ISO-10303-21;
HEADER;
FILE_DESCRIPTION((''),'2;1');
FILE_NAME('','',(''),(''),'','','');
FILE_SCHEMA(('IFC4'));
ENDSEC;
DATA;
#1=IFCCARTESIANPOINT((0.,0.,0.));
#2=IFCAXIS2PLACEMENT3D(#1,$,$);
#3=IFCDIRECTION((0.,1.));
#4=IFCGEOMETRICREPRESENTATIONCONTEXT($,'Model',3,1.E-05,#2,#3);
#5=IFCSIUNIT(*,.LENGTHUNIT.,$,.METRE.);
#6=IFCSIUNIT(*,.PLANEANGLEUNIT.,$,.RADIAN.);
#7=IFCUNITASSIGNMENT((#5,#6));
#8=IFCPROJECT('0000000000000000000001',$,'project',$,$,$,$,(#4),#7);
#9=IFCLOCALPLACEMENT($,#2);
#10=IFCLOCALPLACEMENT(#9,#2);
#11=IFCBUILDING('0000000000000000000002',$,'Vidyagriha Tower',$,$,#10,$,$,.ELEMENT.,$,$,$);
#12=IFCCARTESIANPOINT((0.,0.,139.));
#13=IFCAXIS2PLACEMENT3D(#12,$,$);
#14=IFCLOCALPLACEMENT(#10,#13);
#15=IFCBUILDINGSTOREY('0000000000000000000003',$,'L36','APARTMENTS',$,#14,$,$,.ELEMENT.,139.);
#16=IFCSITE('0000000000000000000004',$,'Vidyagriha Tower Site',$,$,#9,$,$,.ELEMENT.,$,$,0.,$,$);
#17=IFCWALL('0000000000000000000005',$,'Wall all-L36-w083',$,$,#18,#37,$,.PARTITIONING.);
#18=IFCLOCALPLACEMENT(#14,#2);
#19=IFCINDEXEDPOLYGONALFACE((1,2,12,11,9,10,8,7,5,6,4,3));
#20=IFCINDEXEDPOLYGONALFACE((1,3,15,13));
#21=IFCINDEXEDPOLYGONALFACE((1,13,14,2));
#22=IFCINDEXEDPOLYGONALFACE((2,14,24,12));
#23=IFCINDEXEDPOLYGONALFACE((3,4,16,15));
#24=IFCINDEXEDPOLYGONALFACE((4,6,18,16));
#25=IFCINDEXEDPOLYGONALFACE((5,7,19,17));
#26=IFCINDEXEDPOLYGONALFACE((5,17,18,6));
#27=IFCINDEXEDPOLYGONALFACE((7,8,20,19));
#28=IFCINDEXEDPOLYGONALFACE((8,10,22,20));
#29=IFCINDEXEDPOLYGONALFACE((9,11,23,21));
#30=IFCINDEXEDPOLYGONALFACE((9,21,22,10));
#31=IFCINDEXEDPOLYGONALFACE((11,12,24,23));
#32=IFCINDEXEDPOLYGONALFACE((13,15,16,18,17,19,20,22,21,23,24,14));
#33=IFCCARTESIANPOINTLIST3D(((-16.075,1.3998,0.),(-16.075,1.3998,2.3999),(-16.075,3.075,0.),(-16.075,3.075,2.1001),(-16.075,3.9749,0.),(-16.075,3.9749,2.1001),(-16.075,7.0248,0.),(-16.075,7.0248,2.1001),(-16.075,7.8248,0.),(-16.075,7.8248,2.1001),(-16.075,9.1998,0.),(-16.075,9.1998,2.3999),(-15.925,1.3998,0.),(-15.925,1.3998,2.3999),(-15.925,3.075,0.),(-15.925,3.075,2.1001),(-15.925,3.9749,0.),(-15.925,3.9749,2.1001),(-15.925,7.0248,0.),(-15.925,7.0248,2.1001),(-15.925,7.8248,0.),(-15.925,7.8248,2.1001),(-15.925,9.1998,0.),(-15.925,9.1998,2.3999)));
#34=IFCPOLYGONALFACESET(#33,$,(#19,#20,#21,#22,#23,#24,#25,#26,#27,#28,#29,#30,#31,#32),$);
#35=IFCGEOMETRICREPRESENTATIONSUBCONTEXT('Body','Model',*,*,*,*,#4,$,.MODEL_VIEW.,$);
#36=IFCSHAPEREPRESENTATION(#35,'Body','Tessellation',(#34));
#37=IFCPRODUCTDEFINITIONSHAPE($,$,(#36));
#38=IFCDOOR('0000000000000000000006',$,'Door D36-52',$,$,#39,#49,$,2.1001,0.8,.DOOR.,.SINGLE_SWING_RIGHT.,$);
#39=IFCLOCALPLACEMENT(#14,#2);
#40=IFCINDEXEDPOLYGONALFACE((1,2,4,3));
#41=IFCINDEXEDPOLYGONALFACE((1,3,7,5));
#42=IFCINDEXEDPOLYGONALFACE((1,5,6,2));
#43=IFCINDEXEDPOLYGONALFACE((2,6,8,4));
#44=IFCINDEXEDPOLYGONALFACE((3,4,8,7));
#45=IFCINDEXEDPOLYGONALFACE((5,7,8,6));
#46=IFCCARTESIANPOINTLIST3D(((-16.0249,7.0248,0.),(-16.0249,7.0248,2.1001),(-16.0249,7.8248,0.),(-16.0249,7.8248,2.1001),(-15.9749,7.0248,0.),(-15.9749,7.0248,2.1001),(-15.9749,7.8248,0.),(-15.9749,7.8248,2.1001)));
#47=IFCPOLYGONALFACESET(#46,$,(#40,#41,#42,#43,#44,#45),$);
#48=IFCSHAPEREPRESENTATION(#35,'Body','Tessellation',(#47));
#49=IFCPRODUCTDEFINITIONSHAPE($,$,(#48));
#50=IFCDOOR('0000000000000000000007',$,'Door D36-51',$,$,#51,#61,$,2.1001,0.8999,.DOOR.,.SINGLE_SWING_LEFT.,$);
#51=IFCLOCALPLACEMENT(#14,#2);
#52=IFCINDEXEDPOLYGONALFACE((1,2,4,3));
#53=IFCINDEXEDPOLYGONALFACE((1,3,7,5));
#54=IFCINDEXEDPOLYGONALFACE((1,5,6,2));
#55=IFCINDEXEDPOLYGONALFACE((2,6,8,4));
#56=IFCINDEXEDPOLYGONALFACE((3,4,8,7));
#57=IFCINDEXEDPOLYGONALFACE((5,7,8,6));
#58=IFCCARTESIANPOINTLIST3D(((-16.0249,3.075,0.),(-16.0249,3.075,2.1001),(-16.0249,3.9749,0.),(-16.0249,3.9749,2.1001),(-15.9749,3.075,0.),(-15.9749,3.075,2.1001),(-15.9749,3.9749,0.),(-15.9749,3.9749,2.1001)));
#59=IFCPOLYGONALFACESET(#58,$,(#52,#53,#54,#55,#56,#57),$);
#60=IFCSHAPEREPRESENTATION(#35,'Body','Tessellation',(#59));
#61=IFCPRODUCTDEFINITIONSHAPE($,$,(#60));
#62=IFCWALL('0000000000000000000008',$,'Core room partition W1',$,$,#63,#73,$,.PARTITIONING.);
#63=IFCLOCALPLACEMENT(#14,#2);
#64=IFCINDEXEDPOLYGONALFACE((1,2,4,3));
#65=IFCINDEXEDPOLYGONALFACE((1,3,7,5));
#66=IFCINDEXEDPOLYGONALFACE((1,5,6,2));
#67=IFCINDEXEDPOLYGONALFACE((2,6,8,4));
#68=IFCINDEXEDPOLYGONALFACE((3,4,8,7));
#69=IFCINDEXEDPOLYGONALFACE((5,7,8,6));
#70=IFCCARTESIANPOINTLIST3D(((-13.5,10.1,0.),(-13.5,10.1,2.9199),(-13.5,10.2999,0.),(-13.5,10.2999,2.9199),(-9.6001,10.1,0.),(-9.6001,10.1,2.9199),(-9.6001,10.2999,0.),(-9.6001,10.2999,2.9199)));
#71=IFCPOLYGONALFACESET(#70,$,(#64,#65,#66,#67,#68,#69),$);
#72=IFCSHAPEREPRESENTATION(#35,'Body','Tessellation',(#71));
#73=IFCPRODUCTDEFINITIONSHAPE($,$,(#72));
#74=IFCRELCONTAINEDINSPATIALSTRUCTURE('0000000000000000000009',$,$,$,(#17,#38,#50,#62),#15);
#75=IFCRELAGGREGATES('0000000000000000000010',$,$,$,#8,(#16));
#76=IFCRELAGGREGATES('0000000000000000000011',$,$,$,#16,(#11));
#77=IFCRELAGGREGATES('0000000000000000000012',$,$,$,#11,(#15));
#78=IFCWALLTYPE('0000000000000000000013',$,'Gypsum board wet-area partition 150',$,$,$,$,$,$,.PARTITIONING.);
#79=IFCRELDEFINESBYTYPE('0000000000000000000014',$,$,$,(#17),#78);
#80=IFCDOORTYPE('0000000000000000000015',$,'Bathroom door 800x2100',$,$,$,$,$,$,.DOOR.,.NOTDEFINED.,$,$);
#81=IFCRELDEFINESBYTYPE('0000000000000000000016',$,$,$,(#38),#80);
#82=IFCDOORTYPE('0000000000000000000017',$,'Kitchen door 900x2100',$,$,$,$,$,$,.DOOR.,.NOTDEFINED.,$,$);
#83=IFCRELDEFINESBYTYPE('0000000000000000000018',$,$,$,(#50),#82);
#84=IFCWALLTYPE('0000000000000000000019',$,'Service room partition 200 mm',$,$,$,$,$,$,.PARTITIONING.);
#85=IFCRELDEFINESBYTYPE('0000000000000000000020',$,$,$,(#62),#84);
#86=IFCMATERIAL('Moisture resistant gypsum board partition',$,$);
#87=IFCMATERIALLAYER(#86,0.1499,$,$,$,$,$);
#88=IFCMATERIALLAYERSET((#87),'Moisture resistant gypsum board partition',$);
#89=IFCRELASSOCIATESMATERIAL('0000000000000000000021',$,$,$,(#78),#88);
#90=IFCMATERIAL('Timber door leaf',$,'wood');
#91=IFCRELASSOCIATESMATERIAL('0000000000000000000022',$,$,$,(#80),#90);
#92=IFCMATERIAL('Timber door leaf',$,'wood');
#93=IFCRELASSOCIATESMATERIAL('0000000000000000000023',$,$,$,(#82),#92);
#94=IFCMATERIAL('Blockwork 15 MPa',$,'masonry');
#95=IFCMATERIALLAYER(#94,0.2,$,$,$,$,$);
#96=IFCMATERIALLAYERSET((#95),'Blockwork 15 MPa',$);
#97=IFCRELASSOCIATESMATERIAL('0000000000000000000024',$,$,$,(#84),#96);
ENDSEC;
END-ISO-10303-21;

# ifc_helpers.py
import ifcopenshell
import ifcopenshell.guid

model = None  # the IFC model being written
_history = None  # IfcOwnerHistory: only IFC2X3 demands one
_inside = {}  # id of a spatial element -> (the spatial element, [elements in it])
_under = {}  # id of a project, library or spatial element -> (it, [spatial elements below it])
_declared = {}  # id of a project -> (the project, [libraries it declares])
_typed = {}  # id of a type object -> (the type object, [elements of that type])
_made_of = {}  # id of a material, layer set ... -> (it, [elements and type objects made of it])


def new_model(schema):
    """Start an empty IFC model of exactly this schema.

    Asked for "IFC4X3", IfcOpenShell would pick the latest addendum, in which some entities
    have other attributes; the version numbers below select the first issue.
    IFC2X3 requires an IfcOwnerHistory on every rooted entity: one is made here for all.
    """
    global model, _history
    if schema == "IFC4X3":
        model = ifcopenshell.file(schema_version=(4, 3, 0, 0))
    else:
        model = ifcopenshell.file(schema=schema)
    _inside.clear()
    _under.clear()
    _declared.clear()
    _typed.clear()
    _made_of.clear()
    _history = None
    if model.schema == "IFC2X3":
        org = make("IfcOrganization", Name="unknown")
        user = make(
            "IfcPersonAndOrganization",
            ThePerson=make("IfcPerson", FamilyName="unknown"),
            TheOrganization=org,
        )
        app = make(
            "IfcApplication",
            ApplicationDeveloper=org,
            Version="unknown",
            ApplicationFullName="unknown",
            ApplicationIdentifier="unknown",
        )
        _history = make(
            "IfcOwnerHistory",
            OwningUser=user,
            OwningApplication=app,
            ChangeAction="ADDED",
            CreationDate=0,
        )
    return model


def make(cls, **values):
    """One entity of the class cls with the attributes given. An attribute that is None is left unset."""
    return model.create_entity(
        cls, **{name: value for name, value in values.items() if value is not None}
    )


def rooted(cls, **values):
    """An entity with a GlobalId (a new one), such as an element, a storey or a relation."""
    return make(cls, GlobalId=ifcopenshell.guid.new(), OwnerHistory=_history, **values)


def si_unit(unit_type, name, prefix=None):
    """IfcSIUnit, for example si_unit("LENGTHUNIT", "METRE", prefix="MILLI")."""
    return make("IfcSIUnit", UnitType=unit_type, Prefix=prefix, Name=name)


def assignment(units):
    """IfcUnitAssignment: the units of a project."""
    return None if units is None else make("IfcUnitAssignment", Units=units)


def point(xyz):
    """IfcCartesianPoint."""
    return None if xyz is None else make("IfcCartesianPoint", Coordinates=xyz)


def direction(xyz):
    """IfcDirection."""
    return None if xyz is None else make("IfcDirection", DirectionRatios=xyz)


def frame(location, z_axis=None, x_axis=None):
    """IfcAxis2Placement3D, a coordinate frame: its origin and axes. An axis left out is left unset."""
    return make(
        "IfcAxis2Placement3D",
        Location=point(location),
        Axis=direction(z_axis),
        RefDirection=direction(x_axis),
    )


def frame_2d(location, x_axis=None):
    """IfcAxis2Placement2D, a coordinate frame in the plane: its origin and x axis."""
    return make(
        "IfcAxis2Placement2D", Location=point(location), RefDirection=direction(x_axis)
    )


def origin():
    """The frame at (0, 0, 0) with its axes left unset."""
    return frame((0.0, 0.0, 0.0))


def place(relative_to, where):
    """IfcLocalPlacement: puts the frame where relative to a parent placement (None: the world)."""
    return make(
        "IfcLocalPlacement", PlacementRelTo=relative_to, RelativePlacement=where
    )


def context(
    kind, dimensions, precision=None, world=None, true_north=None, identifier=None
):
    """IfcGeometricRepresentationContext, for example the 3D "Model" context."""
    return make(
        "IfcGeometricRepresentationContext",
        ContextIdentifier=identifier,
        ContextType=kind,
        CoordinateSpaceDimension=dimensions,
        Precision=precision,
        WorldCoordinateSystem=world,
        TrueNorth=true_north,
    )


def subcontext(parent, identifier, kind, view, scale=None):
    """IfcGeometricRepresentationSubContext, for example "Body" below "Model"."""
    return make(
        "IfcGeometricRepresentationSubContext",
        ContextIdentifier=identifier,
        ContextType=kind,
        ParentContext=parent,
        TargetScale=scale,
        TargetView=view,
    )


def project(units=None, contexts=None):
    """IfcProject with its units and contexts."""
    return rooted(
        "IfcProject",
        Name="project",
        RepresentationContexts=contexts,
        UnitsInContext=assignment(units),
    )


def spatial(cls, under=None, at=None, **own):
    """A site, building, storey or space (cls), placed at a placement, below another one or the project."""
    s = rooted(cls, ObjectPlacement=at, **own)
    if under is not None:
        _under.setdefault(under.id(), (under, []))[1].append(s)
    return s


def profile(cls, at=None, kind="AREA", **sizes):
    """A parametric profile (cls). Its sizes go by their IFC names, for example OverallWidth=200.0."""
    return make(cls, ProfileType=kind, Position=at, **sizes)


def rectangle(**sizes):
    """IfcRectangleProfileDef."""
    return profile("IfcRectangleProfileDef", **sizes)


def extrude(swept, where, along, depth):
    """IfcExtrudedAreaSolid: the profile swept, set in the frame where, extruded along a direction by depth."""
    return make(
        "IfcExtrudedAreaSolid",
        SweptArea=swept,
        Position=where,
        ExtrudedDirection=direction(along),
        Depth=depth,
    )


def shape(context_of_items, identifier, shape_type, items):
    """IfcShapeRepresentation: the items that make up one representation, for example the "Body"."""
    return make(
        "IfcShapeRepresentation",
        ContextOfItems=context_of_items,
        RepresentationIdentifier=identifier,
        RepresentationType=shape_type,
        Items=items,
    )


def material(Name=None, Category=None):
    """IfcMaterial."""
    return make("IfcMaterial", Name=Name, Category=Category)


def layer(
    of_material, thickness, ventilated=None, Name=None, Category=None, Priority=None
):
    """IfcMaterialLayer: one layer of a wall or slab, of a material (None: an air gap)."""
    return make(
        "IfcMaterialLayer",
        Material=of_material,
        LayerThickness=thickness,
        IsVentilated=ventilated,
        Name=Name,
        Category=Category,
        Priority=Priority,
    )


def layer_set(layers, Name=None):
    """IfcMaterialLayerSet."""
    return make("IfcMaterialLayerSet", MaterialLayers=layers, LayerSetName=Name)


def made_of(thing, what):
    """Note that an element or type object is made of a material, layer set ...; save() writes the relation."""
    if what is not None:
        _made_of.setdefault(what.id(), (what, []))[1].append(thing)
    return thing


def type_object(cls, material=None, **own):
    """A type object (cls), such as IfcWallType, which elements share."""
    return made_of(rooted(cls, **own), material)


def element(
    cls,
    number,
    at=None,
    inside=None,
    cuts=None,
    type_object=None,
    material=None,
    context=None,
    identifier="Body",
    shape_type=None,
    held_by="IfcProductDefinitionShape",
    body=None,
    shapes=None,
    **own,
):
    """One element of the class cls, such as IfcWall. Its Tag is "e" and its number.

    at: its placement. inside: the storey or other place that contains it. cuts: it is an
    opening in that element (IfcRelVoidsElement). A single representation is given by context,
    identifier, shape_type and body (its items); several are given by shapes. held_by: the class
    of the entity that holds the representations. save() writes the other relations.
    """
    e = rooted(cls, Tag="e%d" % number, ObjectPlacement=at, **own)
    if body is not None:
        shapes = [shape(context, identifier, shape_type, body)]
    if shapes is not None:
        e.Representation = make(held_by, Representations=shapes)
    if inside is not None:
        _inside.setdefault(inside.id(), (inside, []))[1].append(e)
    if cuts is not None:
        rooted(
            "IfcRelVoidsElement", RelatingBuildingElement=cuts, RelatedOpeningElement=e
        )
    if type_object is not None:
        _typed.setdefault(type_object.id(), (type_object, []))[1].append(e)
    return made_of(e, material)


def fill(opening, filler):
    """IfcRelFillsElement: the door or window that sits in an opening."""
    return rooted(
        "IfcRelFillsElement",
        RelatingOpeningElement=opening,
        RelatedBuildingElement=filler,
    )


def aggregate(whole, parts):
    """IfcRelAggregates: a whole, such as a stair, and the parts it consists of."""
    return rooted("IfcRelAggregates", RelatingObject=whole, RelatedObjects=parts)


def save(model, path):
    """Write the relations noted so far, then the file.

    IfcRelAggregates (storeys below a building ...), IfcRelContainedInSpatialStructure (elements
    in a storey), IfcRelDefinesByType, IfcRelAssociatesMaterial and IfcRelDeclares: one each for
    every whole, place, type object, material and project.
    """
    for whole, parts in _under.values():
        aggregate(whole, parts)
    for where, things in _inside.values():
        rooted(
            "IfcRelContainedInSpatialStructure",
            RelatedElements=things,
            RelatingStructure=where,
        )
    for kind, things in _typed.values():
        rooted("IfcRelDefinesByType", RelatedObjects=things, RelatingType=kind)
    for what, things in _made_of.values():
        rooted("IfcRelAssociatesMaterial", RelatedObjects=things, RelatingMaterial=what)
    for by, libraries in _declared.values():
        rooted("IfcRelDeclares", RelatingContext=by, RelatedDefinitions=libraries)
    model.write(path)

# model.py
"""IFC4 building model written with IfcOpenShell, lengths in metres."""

from ifc_helpers import new_model, si_unit, direction, frame, frame_2d, origin, place, context, subcontext, project, spatial, rectangle, extrude, material, layer, layer_set, type_object, element, fill, save


model = new_model("IFC4")

# Units and contexts
model_context = context("Model", 3, precision=1e-05, world=origin(), true_north=direction((0.0, 1.0)))
body_context = subcontext(model_context, "Body", "Model", "MODEL_VIEW")
ifc_project = project(units=[si_unit("LENGTHUNIT", "METRE"), si_unit("PLANEANGLEUNIT", "RADIAN")], contexts=[model_context])

# Site, building, storey
site_placement = place(None, origin())
site = spatial("IfcSite", under=ifc_project, at=site_placement, Name="Vidyagriha Tower Site", CompositionType="ELEMENT", RefElevation=0.0)
building_placement = place(site_placement, origin())
building = spatial("IfcBuilding", under=site, at=building_placement, Name="Vidyagriha Tower", CompositionType="ELEMENT")
storey_placement = place(building_placement, frame((0.0, 0.0, 139.0)))
storey = spatial("IfcBuildingStorey", under=building, at=storey_placement, Name="L36", Description="APARTMENTS", CompositionType="ELEMENT", Elevation=139.0)

# Wall, openings, doors
ifc_material_1 = material(Name="Moisture resistant gypsum board partition")
ifc_layer_1 = layer(ifc_material_1, 0.1499)
ifc_layer_set_1 = layer_set([ifc_layer_1], Name="Moisture resistant gypsum board partition")
wall_type_1 = type_object("IfcWallType", Name="Gypsum board wet-area partition 150", PredefinedType="PARTITIONING", material=ifc_layer_set_1)
wall_1_placement = place(storey_placement, frame((-16.0, 1.3999, 0.0), z_axis=(0.0, 0.0, 1.0), x_axis=(0.0, 1.0, 0.0)))
wall_1 = element("IfcWall", 1, at=wall_1_placement, inside=storey, type_object=wall_type_1, Name="Wall all-L36-w083", PredefinedType="PARTITIONING", context=body_context, shape_type="SweptSolid", body=[
    extrude(rectangle(XDim=7.8, YDim=0.1499, at=frame_2d((3.8999, 0.0))), origin(), (0.0, 0.0, 1.0), 2.3999),
])
opening_1_placement = place(wall_1_placement, frame((1.675, 0.0, 0.0)))
opening_1 = element("IfcOpeningElement", 2, at=opening_1_placement, cuts=wall_1, PredefinedType="OPENING", context=body_context, shape_type="SweptSolid", body=[
    extrude(rectangle(XDim=0.8999, YDim=2.1001, at=frame_2d((0.45, 1.05))), frame((0.0, 0.085, 0.0), z_axis=(0.0, -1.0, 0.0), x_axis=(1.0, 0.0, 0.0)), (0.0, 0.0, 1.0), 0.1699),
])
opening_2_placement = place(wall_1_placement, frame((5.625, 0.0, 0.0)))
opening_2 = element("IfcOpeningElement", 3, at=opening_2_placement, cuts=wall_1, PredefinedType="OPENING", context=body_context, shape_type="SweptSolid", body=[
    extrude(rectangle(XDim=0.8, YDim=2.1001, at=frame_2d((0.3999, 1.05))), frame((0.0, 0.085, 0.0), z_axis=(0.0, -1.0, 0.0), x_axis=(1.0, 0.0, 0.0)), (0.0, 0.0, 1.0), 0.1699),
])
ifc_material_2 = material(Name="Timber door leaf", Category="wood")
door_type_1 = type_object("IfcDoorType", Name="Bathroom door 800x2100", OperationType="NOTDEFINED", PredefinedType="DOOR", material=ifc_material_2)
door_1_placement = place(opening_2_placement, origin())
door_1 = element("IfcDoor", 4, at=door_1_placement, inside=storey, type_object=door_type_1, Name="Door D36-52", OperationType="SINGLE_SWING_RIGHT", OverallHeight=2.1001, OverallWidth=0.8, PredefinedType="DOOR", context=body_context, shape_type="SweptSolid", body=[
    extrude(rectangle(XDim=0.8, YDim=2.1001, at=frame_2d((0.3999, 1.05))), frame((0.0, 0.0249, 0.0), z_axis=(0.0, -1.0, 0.0), x_axis=(1.0, 0.0, 0.0)), (0.0, 0.0, 1.0), 0.05),
])
fill(opening_2, door_1)
ifc_material_3 = material(Name="Timber door leaf", Category="wood")
door_type_2 = type_object("IfcDoorType", Name="Kitchen door 900x2100", OperationType="NOTDEFINED", PredefinedType="DOOR", material=ifc_material_3)
door_2_placement = place(opening_1_placement, origin())
door_2 = element("IfcDoor", 5, at=door_2_placement, inside=storey, type_object=door_type_2, Name="Door D36-51", OperationType="SINGLE_SWING_LEFT", OverallHeight=2.1001, OverallWidth=0.8999, PredefinedType="DOOR", context=body_context, shape_type="SweptSolid", body=[
    extrude(rectangle(XDim=0.8999, YDim=2.1001, at=frame_2d((0.45, 1.05))), frame((0.0, 0.0249, 0.0), z_axis=(0.0, -1.0, 0.0), x_axis=(1.0, 0.0, 0.0)), (0.0, 0.0, 1.0), 0.05),
])
fill(opening_1, door_2)

# Wall
ifc_material_4 = material(Name="Blockwork 15 MPa", Category="masonry")
ifc_layer_2 = layer(ifc_material_4, 0.2)
ifc_layer_set_2 = layer_set([ifc_layer_2], Name="Blockwork 15 MPa")
wall_type_2 = type_object("IfcWallType", Name="Service room partition 200 mm", PredefinedType="PARTITIONING", material=ifc_layer_set_2)
wall_2_placement = place(storey_placement, frame((-13.5, 10.2, 0.0)))
element("IfcWall", 6, at=wall_2_placement, inside=storey, type_object=wall_type_2, Name="Core room partition W1", PredefinedType="PARTITIONING", context=body_context, shape_type="SweptSolid", body=[
    extrude(rectangle(XDim=3.8999, YDim=0.2, at=frame_2d((1.95, 0.0))), origin(), (0.0, 0.0, 1.0), 2.9199),
])

save(model, "model.ifc")
